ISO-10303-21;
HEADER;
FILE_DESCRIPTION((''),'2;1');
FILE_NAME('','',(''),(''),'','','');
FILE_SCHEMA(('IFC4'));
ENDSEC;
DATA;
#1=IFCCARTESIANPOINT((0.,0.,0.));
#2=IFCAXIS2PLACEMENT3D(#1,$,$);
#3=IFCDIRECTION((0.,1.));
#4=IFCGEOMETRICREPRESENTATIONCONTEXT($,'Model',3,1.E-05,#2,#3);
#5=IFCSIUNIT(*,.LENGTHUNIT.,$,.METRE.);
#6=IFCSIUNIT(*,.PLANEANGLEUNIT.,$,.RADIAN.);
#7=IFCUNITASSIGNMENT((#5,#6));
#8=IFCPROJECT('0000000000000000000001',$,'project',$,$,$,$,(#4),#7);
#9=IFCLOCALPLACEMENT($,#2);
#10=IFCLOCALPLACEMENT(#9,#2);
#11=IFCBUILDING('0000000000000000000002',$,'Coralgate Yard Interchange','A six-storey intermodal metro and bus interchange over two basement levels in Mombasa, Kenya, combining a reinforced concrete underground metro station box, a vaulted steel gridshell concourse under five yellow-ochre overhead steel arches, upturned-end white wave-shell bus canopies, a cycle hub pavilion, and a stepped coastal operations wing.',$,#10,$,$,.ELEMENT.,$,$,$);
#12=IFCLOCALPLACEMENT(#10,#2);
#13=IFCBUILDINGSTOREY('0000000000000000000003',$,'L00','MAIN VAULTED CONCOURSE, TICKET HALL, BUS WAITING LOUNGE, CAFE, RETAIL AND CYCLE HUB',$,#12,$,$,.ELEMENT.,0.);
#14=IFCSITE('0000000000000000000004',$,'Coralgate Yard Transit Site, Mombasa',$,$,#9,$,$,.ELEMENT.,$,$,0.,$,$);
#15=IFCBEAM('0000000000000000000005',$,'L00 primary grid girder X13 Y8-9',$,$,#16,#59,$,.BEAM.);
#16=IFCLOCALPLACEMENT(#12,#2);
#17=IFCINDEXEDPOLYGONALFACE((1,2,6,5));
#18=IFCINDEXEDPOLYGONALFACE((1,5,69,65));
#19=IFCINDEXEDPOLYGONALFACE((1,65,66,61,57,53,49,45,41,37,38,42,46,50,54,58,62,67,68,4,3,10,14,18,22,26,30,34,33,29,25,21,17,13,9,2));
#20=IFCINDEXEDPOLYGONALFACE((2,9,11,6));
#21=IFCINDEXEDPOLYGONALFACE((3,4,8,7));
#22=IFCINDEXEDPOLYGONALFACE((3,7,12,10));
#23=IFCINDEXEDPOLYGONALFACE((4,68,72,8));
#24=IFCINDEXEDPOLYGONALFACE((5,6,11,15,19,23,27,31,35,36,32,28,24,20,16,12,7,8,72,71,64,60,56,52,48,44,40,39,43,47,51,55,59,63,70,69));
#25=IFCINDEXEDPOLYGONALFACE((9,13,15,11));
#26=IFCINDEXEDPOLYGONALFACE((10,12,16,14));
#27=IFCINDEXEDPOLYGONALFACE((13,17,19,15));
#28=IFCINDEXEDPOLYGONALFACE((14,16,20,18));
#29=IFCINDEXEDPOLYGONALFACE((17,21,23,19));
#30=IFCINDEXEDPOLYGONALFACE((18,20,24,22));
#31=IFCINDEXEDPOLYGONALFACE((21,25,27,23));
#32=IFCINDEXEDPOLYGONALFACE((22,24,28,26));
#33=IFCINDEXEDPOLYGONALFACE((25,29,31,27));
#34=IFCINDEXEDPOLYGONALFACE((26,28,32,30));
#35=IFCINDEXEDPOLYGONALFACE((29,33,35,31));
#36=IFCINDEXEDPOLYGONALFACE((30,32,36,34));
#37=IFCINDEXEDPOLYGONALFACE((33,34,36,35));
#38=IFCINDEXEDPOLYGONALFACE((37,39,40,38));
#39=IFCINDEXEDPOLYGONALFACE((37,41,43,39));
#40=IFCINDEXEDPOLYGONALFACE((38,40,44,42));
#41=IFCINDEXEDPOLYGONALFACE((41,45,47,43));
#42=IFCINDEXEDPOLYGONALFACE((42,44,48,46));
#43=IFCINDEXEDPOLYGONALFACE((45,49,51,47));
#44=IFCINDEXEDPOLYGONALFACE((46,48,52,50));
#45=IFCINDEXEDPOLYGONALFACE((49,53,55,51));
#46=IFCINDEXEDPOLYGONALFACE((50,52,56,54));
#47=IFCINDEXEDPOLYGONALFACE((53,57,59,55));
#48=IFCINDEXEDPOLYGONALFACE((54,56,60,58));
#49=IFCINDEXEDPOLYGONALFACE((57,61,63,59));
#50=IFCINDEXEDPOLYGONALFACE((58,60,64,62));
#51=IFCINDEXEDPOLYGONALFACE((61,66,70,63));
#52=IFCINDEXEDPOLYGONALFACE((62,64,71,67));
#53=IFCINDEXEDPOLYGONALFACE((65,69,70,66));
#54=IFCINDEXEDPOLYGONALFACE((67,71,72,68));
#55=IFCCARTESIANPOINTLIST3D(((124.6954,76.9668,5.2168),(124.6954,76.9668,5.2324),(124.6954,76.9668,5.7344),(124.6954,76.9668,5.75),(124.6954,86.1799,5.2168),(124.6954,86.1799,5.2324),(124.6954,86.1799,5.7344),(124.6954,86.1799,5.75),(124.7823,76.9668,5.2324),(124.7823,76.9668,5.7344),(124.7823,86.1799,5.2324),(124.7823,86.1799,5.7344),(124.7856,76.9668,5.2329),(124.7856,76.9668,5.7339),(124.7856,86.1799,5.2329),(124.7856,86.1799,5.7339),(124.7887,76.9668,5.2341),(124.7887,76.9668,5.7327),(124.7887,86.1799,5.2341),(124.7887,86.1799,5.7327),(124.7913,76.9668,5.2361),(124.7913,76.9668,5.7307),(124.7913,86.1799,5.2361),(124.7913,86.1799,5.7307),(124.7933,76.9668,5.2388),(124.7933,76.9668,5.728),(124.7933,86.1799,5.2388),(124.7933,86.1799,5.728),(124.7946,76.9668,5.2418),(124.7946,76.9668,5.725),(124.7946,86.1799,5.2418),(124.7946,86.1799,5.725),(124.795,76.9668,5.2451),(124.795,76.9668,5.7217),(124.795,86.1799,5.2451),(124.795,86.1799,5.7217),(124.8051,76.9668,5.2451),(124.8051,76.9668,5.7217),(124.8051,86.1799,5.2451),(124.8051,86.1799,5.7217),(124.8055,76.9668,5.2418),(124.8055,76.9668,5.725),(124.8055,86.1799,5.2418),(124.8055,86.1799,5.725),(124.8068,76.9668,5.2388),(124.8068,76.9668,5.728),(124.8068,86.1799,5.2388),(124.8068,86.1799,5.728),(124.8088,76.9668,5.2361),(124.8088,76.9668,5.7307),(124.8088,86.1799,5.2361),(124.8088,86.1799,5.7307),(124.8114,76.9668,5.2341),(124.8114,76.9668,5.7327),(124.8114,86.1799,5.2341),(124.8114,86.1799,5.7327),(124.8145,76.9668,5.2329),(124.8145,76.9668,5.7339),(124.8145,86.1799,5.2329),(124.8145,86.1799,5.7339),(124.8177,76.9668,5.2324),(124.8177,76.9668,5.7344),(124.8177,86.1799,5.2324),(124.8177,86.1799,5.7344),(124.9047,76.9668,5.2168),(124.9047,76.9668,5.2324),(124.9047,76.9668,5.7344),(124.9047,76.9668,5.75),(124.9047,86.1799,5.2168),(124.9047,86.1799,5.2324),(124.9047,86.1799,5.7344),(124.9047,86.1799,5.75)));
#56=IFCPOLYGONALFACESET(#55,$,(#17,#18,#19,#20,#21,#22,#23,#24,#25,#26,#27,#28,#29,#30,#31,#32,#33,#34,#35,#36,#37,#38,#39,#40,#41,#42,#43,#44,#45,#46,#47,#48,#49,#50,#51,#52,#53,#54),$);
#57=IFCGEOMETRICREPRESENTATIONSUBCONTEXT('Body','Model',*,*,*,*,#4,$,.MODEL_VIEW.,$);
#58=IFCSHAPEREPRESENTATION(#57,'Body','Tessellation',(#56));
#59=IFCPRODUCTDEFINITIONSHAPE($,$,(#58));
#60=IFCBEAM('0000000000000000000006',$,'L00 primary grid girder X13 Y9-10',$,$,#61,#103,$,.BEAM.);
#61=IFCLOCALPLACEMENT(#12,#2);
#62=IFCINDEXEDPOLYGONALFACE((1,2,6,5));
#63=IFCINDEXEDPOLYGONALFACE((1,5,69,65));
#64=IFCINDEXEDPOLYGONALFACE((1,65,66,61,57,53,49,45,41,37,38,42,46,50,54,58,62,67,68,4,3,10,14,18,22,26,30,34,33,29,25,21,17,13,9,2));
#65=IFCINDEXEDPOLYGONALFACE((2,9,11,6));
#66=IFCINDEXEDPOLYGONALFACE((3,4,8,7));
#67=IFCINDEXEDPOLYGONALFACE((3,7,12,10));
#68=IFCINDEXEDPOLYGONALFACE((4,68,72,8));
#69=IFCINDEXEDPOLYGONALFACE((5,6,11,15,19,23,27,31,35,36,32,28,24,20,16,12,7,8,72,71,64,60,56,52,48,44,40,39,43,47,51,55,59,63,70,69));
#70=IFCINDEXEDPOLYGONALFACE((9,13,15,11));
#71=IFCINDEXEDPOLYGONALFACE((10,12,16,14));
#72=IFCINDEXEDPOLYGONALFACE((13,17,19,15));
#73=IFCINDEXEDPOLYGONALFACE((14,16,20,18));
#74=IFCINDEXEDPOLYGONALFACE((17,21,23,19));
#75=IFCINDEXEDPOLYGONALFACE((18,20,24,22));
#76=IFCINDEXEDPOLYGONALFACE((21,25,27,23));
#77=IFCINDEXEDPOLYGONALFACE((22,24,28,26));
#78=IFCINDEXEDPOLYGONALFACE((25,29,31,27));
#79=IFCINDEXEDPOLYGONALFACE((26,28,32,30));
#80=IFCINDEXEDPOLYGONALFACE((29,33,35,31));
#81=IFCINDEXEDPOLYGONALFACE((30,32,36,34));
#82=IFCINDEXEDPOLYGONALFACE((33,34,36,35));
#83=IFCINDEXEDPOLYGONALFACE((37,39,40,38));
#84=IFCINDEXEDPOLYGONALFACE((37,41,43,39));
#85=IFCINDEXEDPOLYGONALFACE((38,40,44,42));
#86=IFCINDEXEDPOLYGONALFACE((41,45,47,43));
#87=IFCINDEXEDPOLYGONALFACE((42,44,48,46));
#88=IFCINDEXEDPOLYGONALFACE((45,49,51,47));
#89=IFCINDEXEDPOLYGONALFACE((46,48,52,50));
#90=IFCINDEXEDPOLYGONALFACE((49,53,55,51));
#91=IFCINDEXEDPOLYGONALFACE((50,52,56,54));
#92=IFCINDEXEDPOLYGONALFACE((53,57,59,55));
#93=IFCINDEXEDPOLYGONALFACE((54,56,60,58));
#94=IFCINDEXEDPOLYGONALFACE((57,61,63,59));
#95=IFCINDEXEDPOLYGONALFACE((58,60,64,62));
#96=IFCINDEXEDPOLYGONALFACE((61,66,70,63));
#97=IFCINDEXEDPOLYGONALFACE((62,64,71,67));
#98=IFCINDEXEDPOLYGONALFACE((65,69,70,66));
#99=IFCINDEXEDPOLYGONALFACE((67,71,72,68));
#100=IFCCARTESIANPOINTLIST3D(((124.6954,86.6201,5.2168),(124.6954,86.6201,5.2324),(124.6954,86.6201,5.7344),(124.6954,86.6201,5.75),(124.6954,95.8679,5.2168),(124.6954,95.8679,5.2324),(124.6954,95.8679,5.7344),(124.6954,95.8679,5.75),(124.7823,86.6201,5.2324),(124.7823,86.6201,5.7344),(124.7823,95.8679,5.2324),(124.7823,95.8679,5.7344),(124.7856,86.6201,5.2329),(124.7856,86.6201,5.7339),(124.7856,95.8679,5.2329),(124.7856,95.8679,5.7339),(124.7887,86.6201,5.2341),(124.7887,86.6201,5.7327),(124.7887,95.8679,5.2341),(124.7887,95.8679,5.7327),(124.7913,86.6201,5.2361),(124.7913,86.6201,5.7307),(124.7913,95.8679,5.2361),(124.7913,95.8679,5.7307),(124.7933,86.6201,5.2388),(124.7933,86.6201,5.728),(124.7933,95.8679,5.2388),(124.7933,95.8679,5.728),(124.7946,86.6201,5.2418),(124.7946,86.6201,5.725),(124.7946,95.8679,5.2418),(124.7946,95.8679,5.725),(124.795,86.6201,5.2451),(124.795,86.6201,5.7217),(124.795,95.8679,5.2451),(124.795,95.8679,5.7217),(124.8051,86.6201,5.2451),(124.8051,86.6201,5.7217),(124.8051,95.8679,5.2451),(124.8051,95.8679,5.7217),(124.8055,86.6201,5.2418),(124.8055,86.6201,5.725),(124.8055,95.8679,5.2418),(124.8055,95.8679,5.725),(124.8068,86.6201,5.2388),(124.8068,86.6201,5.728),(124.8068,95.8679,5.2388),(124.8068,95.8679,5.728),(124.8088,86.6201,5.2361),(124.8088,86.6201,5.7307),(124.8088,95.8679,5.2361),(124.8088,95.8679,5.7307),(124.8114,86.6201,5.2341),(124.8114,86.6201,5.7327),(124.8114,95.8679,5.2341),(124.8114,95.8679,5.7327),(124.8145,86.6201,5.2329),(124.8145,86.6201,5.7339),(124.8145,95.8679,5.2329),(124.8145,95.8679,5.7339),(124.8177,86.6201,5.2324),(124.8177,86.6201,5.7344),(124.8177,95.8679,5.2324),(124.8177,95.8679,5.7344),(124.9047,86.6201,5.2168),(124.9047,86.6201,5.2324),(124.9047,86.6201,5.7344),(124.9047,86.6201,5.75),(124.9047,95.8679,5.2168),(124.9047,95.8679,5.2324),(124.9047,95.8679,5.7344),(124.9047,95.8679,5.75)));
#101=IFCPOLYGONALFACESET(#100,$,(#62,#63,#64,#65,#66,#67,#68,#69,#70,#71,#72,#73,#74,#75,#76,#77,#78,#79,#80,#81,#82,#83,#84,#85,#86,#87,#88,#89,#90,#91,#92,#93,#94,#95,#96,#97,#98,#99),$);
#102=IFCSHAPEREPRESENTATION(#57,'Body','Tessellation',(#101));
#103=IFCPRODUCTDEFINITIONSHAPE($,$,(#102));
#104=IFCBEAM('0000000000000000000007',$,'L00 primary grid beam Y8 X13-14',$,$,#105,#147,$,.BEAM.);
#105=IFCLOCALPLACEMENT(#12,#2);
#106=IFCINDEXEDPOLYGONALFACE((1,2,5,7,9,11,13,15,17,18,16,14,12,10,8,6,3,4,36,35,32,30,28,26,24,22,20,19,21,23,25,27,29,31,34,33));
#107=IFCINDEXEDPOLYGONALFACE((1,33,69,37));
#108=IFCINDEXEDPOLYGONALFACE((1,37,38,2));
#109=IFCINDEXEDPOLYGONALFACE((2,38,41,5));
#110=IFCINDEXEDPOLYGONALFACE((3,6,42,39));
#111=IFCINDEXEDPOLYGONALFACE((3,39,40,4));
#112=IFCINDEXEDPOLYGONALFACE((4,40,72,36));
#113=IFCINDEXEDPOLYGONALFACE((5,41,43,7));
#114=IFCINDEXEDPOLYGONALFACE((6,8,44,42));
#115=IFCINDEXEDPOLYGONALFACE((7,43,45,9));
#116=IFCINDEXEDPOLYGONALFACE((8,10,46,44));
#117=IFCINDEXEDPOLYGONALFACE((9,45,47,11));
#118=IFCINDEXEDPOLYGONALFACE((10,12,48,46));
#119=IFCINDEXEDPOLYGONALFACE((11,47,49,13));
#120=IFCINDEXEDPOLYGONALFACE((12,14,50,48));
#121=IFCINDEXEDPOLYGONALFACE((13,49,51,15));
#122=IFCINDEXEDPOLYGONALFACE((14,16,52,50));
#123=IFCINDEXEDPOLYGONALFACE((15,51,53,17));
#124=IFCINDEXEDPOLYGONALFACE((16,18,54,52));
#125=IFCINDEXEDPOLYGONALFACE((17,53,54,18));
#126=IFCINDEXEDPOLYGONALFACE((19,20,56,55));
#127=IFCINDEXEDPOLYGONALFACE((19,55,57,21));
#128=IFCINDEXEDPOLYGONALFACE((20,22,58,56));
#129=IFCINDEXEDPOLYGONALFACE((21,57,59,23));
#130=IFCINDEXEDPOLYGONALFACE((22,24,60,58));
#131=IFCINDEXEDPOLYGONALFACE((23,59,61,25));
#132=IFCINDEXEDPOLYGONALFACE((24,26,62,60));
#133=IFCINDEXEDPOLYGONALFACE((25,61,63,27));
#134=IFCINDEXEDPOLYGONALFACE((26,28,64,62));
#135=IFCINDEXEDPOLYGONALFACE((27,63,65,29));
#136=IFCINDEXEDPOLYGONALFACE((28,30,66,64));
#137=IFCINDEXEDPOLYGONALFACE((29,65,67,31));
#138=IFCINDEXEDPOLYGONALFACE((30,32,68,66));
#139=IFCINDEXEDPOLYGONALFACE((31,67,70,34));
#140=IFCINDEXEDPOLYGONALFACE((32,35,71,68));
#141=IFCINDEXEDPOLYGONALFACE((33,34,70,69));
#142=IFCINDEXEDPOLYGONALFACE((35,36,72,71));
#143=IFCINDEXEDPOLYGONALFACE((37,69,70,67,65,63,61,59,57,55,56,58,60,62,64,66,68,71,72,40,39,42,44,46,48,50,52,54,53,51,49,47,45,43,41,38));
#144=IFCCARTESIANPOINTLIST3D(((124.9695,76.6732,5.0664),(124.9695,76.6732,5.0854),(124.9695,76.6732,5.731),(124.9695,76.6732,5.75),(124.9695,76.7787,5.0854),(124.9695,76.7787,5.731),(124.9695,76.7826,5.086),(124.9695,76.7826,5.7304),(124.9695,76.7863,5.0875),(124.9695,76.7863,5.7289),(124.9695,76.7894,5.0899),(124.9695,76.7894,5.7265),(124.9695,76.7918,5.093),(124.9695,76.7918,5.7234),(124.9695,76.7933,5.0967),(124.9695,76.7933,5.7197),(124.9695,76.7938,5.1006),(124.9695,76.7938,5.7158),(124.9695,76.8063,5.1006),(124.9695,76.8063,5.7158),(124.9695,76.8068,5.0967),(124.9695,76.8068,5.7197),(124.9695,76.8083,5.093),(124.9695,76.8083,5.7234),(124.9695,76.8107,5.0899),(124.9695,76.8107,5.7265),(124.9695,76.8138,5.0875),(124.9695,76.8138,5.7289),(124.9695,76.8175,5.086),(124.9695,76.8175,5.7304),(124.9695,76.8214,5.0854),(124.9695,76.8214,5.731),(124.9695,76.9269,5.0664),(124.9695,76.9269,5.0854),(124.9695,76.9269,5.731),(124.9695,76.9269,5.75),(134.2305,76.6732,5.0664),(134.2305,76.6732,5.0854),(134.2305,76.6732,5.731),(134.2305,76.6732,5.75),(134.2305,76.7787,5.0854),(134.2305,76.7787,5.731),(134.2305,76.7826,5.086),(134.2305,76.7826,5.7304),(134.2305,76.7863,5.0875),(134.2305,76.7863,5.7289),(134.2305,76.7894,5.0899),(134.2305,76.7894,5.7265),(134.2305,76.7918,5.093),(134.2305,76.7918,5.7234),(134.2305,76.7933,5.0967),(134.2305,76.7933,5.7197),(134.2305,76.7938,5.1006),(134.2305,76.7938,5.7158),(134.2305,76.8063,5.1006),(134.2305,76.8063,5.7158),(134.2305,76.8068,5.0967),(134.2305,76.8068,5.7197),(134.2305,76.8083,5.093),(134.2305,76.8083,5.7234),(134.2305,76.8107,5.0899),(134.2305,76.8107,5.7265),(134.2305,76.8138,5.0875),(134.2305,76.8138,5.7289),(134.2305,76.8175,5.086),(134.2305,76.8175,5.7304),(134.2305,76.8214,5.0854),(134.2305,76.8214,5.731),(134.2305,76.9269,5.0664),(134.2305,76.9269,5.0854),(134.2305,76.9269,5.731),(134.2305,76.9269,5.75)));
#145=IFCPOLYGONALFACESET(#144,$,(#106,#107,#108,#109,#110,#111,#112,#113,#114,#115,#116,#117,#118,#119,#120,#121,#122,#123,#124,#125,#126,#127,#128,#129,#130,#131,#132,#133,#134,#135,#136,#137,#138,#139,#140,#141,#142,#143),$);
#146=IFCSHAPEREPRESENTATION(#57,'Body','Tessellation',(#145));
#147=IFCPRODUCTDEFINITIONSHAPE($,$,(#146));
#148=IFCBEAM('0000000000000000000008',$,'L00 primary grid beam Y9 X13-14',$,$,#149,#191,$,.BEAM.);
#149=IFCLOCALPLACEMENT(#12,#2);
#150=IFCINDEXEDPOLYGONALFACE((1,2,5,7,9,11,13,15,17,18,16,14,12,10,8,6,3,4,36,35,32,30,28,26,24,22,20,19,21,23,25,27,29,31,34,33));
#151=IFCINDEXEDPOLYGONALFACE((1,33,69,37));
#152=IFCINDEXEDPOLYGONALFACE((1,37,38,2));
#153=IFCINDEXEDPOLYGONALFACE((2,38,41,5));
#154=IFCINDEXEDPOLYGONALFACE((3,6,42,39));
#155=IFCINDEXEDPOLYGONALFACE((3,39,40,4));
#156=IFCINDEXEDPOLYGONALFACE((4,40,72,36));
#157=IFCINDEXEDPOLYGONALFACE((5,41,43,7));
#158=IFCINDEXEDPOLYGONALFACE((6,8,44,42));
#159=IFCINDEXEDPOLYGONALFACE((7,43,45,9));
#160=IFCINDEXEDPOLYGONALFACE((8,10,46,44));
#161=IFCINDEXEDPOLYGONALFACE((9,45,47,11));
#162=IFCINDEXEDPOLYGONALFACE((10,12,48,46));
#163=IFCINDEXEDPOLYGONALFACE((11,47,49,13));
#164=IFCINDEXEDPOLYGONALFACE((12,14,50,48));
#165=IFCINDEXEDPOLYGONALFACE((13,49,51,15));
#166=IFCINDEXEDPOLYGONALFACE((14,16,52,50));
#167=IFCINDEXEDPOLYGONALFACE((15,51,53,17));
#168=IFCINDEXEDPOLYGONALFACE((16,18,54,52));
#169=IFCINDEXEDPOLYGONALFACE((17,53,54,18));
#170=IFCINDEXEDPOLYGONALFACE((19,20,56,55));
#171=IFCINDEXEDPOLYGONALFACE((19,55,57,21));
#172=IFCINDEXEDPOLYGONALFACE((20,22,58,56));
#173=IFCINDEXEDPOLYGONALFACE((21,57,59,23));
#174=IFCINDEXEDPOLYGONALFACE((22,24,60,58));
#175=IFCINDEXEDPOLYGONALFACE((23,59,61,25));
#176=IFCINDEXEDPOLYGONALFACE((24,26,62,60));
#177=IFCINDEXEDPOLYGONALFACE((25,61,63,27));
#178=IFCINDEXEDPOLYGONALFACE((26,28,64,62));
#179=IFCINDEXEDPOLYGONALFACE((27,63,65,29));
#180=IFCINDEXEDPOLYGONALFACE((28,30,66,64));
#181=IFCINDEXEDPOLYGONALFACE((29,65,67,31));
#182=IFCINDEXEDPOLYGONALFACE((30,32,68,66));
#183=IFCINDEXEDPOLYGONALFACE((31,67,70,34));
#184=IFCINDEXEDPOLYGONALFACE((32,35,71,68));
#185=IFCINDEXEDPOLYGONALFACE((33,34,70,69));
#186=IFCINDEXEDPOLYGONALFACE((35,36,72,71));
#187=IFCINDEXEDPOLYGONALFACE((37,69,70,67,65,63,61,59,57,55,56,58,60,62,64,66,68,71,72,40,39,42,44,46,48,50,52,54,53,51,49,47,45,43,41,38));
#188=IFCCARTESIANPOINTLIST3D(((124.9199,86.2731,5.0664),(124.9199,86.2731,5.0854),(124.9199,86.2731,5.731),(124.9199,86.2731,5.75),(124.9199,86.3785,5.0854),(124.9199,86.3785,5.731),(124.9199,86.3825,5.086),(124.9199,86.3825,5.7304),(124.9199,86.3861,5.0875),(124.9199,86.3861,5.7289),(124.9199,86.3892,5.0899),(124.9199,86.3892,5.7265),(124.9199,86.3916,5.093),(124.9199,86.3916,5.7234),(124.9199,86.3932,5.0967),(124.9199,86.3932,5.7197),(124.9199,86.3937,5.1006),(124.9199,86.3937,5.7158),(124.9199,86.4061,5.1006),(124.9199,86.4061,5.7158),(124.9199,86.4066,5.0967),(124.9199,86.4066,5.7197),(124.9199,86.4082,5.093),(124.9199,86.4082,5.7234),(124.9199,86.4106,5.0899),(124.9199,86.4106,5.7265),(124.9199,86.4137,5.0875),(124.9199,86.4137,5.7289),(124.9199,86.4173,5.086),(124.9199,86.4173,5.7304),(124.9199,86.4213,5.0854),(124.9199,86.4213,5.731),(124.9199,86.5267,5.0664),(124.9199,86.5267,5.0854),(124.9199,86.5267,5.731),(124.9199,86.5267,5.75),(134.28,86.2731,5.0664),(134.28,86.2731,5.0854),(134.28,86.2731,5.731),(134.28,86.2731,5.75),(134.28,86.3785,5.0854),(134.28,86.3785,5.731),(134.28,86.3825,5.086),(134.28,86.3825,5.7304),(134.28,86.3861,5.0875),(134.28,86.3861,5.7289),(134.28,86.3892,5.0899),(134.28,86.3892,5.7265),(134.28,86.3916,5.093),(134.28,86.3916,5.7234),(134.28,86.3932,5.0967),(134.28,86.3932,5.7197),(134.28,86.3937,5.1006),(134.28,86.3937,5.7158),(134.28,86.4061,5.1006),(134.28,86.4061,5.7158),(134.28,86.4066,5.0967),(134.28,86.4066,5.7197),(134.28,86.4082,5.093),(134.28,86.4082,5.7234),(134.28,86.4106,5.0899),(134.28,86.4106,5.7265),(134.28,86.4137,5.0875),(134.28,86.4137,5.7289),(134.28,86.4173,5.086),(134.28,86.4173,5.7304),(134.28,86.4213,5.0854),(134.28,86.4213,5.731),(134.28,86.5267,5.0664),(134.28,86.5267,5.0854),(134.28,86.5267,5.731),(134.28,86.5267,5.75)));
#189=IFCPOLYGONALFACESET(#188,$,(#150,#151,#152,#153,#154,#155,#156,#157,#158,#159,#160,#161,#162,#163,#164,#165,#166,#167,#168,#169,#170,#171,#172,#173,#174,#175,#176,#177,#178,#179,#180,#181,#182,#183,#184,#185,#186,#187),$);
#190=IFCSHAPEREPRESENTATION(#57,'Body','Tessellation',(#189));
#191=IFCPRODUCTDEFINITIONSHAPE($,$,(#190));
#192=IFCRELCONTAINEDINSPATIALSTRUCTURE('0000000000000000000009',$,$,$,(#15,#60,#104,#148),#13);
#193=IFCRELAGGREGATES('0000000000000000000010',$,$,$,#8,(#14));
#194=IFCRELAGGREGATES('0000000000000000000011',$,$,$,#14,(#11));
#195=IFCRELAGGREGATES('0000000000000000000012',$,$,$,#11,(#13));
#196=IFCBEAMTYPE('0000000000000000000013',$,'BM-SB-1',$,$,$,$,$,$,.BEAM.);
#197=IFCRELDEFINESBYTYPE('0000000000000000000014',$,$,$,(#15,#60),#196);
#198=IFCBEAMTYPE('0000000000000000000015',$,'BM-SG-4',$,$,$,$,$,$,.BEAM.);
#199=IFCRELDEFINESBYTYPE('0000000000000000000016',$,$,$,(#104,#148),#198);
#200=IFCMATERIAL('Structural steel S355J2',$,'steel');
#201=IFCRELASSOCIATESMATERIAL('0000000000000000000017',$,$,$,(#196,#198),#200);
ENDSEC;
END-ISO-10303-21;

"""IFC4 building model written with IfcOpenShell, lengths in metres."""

from ifc_helpers import new_model, si_unit, direction, frame, origin, origin_2d, place, context, subcontext, project, spatial, i_section, extrude, material, material_profile, profile_set, type_object, element, save


model = new_model("IFC4")

# Units and contexts
model_context = context("Model", 3, precision=1e-05, world=origin(), true_north=direction((0.0, 1.0)))
body_context = subcontext(model_context, "Body", "Model", "MODEL_VIEW")
ifc_project = project(units=[si_unit("LENGTHUNIT", "METRE"), si_unit("PLANEANGLEUNIT", "RADIAN")], contexts=[model_context])

# Site, building, storey
site_placement = place(None, origin())
site = spatial("IfcSite", under=ifc_project, at=site_placement, Name="Coralgate Yard Transit Site, Mombasa", CompositionType="ELEMENT", RefElevation=0.0)
building_placement = place(site_placement, origin())
building = spatial("IfcBuilding", under=site, at=building_placement, Name="Coralgate Yard Interchange", Description="A six-storey intermodal metro and bus interchange over two basement levels in Mombasa, Kenya, combining a reinforced concrete underground metro station box, a vaulted steel gridshell concourse under five yellow-ochre overhead steel arches, upturned-end white wave-shell bus canopies, a cycle hub pavilion, and a stepped coastal operations wing.", CompositionType="ELEMENT")
storey_placement = place(building_placement, origin())
storey = spatial("IfcBuildingStorey", under=building, at=storey_placement, Name="L00", Description="MAIN VAULTED CONCOURSE, TICKET HALL, BUS WAITING LOUNGE, CAFE, RETAIL AND CYCLE HUB", CompositionType="ELEMENT", Elevation=0.0)

# Shared definitions
ifc_material_1 = material(Name="Structural steel S355J2", Category="steel")

# Beams
ifc_material_profile_1 = material_profile(ifc_material_1, i_section(OverallWidth=0.2092, OverallDepth=0.5332, WebThickness=0.01, FlangeThickness=0.0156, FilletRadius=0.0127, at=origin_2d()), Name="UB 533x210x92")
ifc_profile_set_1 = profile_set([ifc_material_profile_1], Name="Structural steel S355J2")
beam_type_1 = type_object("IfcBeamType", Name="BM-SB-1", PredefinedType="BEAM", material=ifc_profile_set_1)
beam_1_placement = place(storey_placement, frame((124.8, 76.9668, 5.4834), z_axis=(0.0, 1.0, 0.0), x_axis=(-1.0, 0.0, 0.0)))
element("IfcBeam", 1, at=beam_1_placement, inside=storey, type_object=beam_type_1, Name="L00 primary grid girder X13 Y8-9", PredefinedType="BEAM", context=body_context, shape_type="SweptSolid", body=[
    extrude(i_section(OverallWidth=0.2092, OverallDepth=0.5332, WebThickness=0.01, FlangeThickness=0.0156, FilletRadius=0.0127, at=origin_2d()), origin(), (0.0, 0.0, 1.0), 9.2131),
])
beam_2_placement = place(storey_placement, frame((124.8, 86.6201, 5.4834), z_axis=(0.0, 1.0, 0.0), x_axis=(-1.0, 0.0, 0.0)))
element("IfcBeam", 2, at=beam_2_placement, inside=storey, type_object=beam_type_1, Name="L00 primary grid girder X13 Y9-10", PredefinedType="BEAM", context=body_context, shape_type="SweptSolid", body=[
    extrude(i_section(OverallWidth=0.2092, OverallDepth=0.5332, WebThickness=0.01, FlangeThickness=0.0156, FilletRadius=0.0127, at=origin_2d()), origin(), (0.0, 0.0, 1.0), 9.2478),
])
ifc_material_profile_2 = material_profile(ifc_material_1, i_section(OverallWidth=0.2537, OverallDepth=0.6836, WebThickness=0.0125, FlangeThickness=0.019, FilletRadius=0.0151, at=origin_2d()), Name="UB 686x254x140")
ifc_profile_set_2 = profile_set([ifc_material_profile_2], Name="Structural steel S355J2")
beam_type_2 = type_object("IfcBeamType", Name="BM-SG-4", PredefinedType="BEAM", material=ifc_profile_set_2)
beam_3_placement = place(storey_placement, frame((124.9695, 76.8, 5.4082), z_axis=(1.0, 0.0, 0.0), x_axis=(0.0, 1.0, 0.0)))
element("IfcBeam", 3, at=beam_3_placement, inside=storey, type_object=beam_type_2, Name="L00 primary grid beam Y8 X13-14", PredefinedType="BEAM", context=body_context, shape_type="SweptSolid", body=[
    extrude(i_section(OverallWidth=0.2537, OverallDepth=0.6836, WebThickness=0.0125, FlangeThickness=0.019, FilletRadius=0.0151, at=origin_2d()), origin(), (0.0, 0.0, 1.0), 9.261),
])
beam_4_placement = place(storey_placement, frame((124.9199, 86.3999, 5.4082), z_axis=(1.0, 0.0, 0.0), x_axis=(0.0, 1.0, 0.0)))
element("IfcBeam", 4, at=beam_4_placement, inside=storey, type_object=beam_type_2, Name="L00 primary grid beam Y9 X13-14", PredefinedType="BEAM", context=body_context, shape_type="SweptSolid", body=[
    extrude(i_section(OverallWidth=0.2537, OverallDepth=0.6836, WebThickness=0.0125, FlangeThickness=0.019, FilletRadius=0.0151, at=origin_2d()), origin(), (0.0, 0.0, 1.0), 9.3601),
])

save(model, "model.ifc")
